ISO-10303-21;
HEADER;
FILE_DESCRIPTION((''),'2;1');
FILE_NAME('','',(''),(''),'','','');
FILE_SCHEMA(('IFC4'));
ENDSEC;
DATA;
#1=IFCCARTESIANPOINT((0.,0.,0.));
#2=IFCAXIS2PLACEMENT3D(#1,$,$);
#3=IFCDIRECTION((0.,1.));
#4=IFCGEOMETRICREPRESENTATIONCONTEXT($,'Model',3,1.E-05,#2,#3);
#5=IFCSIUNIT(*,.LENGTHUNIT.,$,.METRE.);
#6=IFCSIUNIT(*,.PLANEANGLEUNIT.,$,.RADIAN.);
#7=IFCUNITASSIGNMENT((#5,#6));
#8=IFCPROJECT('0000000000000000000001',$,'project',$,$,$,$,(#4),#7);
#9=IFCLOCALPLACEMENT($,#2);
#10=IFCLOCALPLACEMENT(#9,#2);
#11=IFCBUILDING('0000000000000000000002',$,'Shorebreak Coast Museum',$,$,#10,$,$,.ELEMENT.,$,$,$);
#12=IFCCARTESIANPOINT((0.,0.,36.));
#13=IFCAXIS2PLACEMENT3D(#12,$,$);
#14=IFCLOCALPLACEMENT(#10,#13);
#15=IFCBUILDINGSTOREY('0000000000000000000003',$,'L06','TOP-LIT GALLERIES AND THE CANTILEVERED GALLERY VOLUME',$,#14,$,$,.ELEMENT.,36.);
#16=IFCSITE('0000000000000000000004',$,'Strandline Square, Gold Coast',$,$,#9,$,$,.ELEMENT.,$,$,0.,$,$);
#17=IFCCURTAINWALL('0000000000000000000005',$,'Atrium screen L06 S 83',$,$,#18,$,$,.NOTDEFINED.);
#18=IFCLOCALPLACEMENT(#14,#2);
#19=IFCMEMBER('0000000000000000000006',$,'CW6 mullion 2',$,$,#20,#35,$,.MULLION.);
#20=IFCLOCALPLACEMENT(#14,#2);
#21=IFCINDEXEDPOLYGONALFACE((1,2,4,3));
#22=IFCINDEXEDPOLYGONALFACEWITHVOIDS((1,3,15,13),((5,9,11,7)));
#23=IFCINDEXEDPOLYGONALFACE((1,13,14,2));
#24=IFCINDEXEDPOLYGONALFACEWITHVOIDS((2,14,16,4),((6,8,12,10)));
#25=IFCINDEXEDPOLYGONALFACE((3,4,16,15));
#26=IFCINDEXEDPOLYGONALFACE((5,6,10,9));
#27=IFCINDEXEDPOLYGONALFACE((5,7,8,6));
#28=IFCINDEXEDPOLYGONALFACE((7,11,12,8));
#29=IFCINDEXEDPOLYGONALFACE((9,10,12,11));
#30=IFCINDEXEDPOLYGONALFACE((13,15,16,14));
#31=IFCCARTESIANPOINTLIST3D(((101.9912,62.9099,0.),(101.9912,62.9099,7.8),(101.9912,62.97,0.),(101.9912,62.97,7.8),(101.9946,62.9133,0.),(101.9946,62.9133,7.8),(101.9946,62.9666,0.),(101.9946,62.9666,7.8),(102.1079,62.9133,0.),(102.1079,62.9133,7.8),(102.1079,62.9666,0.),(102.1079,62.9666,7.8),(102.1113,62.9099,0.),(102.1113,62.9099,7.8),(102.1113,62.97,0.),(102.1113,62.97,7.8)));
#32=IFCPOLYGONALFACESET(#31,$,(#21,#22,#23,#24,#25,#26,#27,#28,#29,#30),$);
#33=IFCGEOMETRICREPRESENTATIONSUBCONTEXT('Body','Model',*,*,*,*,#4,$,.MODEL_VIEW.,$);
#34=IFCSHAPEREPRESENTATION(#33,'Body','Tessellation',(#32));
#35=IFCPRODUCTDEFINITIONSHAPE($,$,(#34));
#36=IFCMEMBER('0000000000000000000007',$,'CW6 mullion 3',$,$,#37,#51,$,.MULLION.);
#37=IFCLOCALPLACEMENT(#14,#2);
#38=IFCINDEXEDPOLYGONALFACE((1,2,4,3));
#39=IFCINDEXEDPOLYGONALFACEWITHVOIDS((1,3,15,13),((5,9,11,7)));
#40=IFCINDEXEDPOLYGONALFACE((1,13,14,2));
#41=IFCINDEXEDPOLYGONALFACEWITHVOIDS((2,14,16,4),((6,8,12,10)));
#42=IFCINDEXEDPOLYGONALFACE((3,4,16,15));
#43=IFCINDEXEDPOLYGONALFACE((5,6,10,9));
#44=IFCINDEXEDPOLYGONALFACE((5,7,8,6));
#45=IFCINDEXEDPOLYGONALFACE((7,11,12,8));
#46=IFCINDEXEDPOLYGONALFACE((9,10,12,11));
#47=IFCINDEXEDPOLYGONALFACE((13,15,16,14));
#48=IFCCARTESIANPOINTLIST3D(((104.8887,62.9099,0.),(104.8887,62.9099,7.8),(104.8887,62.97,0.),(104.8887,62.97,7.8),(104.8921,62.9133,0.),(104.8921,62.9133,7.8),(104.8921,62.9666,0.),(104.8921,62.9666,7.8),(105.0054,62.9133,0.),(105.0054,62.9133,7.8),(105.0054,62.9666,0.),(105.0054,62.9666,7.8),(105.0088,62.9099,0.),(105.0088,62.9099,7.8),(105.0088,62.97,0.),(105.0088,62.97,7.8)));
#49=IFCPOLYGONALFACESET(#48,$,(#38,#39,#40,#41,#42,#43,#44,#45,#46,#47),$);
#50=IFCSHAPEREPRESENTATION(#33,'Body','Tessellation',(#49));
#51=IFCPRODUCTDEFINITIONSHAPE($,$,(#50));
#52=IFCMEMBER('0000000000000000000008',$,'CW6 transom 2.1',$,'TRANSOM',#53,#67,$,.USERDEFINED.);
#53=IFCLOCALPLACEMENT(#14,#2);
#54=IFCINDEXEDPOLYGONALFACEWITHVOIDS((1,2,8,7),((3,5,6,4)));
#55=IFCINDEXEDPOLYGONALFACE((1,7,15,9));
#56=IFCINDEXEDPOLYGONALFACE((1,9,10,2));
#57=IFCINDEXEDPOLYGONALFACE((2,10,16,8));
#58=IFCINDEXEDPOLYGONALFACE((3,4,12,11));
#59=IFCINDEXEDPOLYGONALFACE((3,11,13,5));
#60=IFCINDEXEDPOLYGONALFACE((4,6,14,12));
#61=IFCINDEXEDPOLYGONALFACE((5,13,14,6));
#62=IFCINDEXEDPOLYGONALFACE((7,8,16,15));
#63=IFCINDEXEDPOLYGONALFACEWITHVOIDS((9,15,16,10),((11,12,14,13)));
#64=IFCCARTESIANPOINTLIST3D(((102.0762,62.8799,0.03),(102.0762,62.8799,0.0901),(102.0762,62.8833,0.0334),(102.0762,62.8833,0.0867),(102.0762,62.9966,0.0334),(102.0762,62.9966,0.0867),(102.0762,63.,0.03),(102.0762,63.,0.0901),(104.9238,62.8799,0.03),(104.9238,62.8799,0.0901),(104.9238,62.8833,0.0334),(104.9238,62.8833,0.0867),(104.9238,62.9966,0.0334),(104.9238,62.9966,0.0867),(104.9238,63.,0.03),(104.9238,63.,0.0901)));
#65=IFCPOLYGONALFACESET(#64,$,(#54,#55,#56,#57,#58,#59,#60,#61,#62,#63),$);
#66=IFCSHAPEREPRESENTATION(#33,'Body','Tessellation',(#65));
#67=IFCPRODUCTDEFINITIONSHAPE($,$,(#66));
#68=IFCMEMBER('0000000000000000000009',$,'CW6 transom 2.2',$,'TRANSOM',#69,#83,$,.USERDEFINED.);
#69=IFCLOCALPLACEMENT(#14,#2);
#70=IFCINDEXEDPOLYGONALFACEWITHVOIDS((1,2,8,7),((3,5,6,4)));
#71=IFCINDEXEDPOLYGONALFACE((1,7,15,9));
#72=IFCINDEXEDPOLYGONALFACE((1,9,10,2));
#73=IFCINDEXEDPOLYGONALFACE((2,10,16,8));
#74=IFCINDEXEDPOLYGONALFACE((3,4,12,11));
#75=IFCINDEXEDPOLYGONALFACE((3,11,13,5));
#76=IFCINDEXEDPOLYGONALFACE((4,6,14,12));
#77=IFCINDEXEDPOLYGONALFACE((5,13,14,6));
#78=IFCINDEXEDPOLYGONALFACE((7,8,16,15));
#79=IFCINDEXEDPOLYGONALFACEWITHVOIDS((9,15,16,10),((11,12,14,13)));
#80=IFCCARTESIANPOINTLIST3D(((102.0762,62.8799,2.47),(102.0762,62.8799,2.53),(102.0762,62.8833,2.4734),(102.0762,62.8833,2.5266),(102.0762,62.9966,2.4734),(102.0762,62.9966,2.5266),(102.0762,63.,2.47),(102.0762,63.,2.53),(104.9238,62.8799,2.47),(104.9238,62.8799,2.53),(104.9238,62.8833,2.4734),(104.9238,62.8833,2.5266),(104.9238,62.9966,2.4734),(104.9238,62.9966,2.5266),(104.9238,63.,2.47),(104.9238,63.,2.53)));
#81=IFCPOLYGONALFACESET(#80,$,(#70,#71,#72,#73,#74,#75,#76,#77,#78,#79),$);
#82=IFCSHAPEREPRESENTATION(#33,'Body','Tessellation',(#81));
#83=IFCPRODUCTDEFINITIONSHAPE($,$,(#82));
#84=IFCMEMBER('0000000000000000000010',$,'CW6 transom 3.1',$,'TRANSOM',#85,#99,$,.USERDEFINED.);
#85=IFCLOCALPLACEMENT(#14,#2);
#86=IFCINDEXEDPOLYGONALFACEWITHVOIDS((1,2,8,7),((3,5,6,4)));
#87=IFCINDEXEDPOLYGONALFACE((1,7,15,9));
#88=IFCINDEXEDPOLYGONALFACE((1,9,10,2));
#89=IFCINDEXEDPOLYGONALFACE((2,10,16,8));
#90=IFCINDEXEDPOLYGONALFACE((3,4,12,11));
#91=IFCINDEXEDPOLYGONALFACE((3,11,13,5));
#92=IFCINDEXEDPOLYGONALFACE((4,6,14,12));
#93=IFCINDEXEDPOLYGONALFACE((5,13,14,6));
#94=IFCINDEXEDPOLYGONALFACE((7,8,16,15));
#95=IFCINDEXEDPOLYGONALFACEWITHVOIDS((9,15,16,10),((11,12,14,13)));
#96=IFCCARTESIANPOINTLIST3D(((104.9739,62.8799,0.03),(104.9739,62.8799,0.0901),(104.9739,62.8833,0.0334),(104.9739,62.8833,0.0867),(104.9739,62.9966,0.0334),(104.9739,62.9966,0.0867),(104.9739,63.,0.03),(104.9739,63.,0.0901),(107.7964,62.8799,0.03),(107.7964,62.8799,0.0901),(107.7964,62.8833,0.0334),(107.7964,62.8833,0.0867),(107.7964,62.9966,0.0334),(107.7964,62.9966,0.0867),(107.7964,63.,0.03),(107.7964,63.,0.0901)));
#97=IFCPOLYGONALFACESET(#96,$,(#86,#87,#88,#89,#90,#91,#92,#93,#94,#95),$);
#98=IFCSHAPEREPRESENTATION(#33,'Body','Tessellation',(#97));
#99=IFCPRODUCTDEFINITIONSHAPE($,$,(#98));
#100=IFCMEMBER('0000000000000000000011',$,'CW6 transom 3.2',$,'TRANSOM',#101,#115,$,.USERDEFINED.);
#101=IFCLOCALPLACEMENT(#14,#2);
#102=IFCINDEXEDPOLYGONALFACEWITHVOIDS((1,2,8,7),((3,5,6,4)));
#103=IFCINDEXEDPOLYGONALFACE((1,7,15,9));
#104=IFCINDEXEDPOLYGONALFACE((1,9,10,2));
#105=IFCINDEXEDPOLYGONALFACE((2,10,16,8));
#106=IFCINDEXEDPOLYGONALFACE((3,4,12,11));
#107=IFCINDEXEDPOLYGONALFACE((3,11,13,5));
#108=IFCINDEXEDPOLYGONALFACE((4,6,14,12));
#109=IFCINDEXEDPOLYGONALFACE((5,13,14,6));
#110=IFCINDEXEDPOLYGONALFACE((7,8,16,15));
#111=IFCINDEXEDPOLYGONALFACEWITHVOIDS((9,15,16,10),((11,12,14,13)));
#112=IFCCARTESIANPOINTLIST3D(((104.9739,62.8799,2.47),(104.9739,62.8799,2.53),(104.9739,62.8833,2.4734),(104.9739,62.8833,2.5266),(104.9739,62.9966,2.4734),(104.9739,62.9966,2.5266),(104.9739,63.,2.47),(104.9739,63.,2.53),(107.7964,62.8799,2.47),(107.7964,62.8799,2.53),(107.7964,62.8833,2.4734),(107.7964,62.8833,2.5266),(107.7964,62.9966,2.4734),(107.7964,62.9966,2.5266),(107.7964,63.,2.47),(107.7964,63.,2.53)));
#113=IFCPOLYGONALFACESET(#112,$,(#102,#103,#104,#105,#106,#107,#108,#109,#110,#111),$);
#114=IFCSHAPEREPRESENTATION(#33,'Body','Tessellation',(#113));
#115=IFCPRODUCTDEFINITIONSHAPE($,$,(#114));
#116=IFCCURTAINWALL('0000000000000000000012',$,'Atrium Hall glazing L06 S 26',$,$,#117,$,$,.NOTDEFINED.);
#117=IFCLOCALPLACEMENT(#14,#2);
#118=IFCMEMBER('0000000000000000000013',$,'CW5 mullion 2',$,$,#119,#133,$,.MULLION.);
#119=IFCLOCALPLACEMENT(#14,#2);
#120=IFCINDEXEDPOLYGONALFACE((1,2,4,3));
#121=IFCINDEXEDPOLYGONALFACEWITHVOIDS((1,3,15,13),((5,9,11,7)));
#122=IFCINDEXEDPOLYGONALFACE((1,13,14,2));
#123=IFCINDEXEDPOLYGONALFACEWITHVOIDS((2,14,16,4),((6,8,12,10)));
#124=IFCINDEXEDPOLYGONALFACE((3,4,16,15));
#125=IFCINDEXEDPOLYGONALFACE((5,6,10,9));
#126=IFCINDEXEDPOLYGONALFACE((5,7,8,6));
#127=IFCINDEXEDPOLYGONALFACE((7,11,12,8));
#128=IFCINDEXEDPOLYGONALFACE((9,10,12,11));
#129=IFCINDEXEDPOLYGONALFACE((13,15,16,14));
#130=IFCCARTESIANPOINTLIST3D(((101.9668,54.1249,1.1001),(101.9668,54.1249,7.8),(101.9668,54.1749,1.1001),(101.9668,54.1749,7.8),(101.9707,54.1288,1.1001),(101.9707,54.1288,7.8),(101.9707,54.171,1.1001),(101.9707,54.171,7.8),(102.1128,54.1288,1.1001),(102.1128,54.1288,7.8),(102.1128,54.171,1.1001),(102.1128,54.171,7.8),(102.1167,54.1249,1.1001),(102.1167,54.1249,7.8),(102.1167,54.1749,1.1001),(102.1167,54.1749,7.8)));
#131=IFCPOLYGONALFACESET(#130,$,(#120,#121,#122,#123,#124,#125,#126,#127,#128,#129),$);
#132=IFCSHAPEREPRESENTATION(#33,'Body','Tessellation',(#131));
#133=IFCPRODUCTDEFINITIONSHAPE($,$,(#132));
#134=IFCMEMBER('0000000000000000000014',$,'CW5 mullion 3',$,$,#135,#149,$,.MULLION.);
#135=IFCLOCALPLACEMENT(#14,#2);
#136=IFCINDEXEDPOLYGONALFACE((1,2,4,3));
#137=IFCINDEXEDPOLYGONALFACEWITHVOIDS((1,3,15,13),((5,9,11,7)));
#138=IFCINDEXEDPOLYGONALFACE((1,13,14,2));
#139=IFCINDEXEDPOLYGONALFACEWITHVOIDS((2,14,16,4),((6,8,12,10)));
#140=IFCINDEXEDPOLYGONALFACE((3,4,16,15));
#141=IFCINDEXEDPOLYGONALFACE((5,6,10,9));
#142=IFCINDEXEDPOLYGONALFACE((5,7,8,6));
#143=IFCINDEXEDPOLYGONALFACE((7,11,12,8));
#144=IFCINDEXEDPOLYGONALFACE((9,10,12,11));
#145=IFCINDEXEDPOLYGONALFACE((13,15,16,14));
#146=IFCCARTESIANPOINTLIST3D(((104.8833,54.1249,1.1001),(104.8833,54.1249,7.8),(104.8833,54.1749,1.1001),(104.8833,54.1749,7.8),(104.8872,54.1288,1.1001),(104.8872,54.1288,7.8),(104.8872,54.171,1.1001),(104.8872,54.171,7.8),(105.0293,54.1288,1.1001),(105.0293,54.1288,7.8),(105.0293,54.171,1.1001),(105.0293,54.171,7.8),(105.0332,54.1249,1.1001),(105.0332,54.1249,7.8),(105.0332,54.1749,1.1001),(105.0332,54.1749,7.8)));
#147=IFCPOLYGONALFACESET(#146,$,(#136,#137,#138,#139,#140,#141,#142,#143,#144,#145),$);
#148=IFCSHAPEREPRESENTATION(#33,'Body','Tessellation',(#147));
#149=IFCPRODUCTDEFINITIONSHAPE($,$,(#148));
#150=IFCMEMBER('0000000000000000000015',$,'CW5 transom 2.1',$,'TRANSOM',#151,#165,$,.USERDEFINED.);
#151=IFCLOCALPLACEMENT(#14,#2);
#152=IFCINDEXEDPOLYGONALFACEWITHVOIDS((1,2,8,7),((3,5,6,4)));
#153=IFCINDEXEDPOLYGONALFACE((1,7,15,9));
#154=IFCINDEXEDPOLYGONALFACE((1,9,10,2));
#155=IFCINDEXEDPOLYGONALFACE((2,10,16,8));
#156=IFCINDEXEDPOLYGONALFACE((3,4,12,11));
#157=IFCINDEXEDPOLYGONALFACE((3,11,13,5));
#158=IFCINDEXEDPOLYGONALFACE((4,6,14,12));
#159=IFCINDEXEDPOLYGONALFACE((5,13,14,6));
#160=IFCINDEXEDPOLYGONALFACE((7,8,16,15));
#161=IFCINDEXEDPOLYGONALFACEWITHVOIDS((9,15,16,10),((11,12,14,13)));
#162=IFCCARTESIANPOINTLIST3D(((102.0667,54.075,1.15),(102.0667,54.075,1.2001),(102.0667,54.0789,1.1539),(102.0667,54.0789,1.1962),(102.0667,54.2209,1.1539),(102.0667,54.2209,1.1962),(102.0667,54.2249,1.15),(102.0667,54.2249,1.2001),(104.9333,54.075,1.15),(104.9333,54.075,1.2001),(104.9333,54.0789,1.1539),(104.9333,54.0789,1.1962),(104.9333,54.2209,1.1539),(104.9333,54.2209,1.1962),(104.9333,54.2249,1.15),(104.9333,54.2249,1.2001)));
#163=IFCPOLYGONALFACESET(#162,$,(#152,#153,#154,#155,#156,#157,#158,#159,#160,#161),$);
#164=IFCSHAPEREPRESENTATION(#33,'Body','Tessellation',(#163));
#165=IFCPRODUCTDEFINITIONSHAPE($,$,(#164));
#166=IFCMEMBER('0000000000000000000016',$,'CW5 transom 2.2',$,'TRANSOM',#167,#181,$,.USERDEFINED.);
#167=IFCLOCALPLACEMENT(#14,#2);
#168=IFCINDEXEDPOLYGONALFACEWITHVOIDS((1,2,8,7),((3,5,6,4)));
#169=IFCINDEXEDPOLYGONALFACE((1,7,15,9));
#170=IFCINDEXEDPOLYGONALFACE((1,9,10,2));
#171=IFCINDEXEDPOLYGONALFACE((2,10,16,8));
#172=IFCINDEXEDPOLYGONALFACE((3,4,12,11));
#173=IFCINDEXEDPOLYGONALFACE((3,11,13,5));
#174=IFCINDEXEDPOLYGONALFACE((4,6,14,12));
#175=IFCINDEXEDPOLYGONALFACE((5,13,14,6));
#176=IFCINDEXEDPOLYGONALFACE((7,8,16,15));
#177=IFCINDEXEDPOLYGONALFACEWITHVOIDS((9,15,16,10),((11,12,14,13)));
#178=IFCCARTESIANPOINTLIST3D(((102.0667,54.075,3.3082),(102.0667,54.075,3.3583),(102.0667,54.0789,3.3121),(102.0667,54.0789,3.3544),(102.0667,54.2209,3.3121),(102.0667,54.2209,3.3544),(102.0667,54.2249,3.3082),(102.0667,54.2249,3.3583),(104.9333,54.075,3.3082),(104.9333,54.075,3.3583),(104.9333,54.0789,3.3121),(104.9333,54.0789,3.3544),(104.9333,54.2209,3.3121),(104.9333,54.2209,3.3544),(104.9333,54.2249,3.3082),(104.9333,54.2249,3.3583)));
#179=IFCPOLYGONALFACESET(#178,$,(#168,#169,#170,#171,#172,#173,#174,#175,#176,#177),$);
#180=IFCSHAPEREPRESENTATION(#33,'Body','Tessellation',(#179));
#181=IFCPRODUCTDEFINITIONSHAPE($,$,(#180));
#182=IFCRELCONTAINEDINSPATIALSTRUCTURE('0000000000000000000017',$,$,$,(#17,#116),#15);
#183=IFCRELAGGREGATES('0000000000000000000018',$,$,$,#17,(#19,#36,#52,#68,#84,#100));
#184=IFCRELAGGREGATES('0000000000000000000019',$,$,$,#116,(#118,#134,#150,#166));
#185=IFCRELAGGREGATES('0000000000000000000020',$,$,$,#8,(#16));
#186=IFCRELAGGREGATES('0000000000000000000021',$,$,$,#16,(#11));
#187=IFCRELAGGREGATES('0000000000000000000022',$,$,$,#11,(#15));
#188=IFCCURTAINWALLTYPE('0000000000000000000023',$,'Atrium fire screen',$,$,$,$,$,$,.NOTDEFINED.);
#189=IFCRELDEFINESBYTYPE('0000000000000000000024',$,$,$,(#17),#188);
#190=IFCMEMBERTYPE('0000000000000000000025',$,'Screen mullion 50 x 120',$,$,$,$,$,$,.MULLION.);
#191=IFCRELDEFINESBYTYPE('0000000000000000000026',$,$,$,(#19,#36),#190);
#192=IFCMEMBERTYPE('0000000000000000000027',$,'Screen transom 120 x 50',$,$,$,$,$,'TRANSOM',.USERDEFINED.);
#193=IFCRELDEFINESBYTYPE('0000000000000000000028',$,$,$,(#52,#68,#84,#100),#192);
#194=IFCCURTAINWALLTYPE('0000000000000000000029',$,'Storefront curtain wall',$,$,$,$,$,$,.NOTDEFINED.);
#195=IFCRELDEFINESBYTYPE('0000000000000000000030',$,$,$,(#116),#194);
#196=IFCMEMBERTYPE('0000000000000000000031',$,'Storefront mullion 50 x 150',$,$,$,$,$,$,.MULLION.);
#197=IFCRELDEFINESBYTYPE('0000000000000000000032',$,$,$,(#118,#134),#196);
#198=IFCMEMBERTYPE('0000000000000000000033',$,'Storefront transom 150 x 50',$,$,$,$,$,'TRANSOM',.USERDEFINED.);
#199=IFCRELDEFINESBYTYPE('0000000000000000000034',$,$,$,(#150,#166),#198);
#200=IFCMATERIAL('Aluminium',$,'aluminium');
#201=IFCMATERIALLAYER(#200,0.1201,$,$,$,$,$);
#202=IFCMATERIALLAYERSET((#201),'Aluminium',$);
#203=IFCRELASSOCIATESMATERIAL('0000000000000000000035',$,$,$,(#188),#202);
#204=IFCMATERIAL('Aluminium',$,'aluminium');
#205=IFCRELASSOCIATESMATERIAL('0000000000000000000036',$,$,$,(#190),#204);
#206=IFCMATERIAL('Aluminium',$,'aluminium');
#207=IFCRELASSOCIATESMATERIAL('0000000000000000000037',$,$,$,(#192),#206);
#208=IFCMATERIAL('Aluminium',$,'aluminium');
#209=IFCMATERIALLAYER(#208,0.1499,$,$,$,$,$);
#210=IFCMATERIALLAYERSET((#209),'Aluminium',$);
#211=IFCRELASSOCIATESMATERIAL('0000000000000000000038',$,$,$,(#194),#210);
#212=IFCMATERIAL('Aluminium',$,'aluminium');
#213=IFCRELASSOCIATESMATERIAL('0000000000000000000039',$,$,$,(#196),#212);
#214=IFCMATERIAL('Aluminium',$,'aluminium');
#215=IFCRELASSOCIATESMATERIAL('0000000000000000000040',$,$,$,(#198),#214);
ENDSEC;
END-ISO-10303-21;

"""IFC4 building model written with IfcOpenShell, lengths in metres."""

from ifc_helpers import new_model, si_unit, direction, frame, origin, origin_2d, place, context, subcontext, project, spatial, hollow_rectangle, extrude, material, layer, layer_set, material_profile, profile_set, type_object, element, aggregate, save


model = new_model("IFC4")

# Units and contexts
model_context = context("Model", 3, precision=1e-05, world=origin(), true_north=direction((0.0, 1.0)))
body_context = subcontext(model_context, "Body", "Model", "MODEL_VIEW")
ifc_project = project(units=[si_unit("LENGTHUNIT", "METRE"), si_unit("PLANEANGLEUNIT", "RADIAN")], contexts=[model_context])

# Site, building, storey
site_placement = place(None, origin())
site = spatial("IfcSite", under=ifc_project, at=site_placement, Name="Strandline Square, Gold Coast", CompositionType="ELEMENT", RefElevation=0.0)
building_placement = place(site_placement, origin())
building = spatial("IfcBuilding", under=site, at=building_placement, Name="Shorebreak Coast Museum", CompositionType="ELEMENT")
storey_placement = place(building_placement, frame((0.0, 0.0, 36.0)))
storey = spatial("IfcBuildingStorey", under=building, at=storey_placement, Name="L06", Description="TOP-LIT GALLERIES AND THE CANTILEVERED GALLERY VOLUME", CompositionType="ELEMENT", Elevation=36.0)

# Curtain walls, members
ifc_material_1 = material(Name="Aluminium", Category="aluminium")
ifc_layer_1 = layer(ifc_material_1, 0.1201)
ifc_layer_set_1 = layer_set([ifc_layer_1], Name="Aluminium")
curtain_wall_type_1 = type_object("IfcCurtainWallType", Name="Atrium fire screen", PredefinedType="NOTDEFINED", material=ifc_layer_set_1)
curtain_wall_1_placement = place(storey_placement, origin())
curtain_wall_1 = element("IfcCurtainWall", 1, at=curtain_wall_1_placement, inside=storey, type_object=curtain_wall_type_1, Name="Atrium screen L06 S 83", PredefinedType="NOTDEFINED")
ifc_material_2 = material(Name="Aluminium", Category="aluminium")
ifc_material_profile_1 = material_profile(ifc_material_2, hollow_rectangle(XDim=0.0601, YDim=0.1201, WallThickness=0.0034, at=origin_2d()), Name="AL 120x60 RHS")
ifc_profile_set_1 = profile_set([ifc_material_profile_1], Name="Aluminium")
member_type_1 = type_object("IfcMemberType", Name="Screen mullion 50 x 120", PredefinedType="MULLION", material=ifc_profile_set_1)
member_1_placement = place(storey_placement, frame((102.0513, 62.9399, 0.0), z_axis=(0.0, 0.0, 1.0), x_axis=(0.0, 1.0, 0.0)))
member_1 = element("IfcMember", 2, at=member_1_placement, type_object=member_type_1, Name="CW6 mullion 2", PredefinedType="MULLION", context=body_context, shape_type="SweptSolid", body=[
    extrude(hollow_rectangle(XDim=0.0601, YDim=0.1201, WallThickness=0.0034, at=origin_2d()), origin(), (0.0, 0.0, 1.0), 7.8),
])
member_2_placement = place(storey_placement, frame((104.9487, 62.9399, 0.0), z_axis=(0.0, 0.0, 1.0), x_axis=(0.0, 1.0, 0.0)))
member_2 = element("IfcMember", 3, at=member_2_placement, type_object=member_type_1, Name="CW6 mullion 3", PredefinedType="MULLION", context=body_context, shape_type="SweptSolid", body=[
    extrude(hollow_rectangle(XDim=0.0601, YDim=0.1201, WallThickness=0.0034, at=origin_2d()), origin(), (0.0, 0.0, 1.0), 7.8),
])
ifc_material_3 = material(Name="Aluminium", Category="aluminium")
ifc_material_profile_2 = material_profile(ifc_material_3, hollow_rectangle(XDim=0.1201, YDim=0.0601, WallThickness=0.0034, at=origin_2d()), Name="AL 60x120 RHS")
ifc_profile_set_2 = profile_set([ifc_material_profile_2], Name="Aluminium")
member_type_2 = type_object("IfcMemberType", Name="Screen transom 120 x 50", ElementType="TRANSOM", PredefinedType="USERDEFINED", material=ifc_profile_set_2)
member_3_placement = place(storey_placement, frame((102.0762, 62.9399, 0.0601), z_axis=(1.0, 0.0, 0.0), x_axis=(0.0, 1.0, 0.0)))
member_3 = element("IfcMember", 4, at=member_3_placement, type_object=member_type_2, Name="CW6 transom 2.1", ObjectType="TRANSOM", PredefinedType="USERDEFINED", context=body_context, shape_type="SweptSolid", body=[
    extrude(hollow_rectangle(XDim=0.1201, YDim=0.0601, WallThickness=0.0034, at=origin_2d()), origin(), (0.0, 0.0, 1.0), 2.8477),
])
member_4_placement = place(storey_placement, frame((102.0762, 62.9399, 2.5), z_axis=(1.0, 0.0, 0.0), x_axis=(0.0, 1.0, 0.0)))
member_4 = element("IfcMember", 5, at=member_4_placement, type_object=member_type_2, Name="CW6 transom 2.2", ObjectType="TRANSOM", PredefinedType="USERDEFINED", context=body_context, shape_type="SweptSolid", body=[
    extrude(hollow_rectangle(XDim=0.1201, YDim=0.0601, WallThickness=0.0034, at=origin_2d()), origin(), (0.0, 0.0, 1.0), 2.8477),
])
member_5_placement = place(storey_placement, frame((104.9739, 62.9399, 0.0601), z_axis=(1.0, 0.0, 0.0), x_axis=(0.0, 1.0, 0.0)))
member_5 = element("IfcMember", 6, at=member_5_placement, type_object=member_type_2, Name="CW6 transom 3.1", ObjectType="TRANSOM", PredefinedType="USERDEFINED", context=body_context, shape_type="SweptSolid", body=[
    extrude(hollow_rectangle(XDim=0.1201, YDim=0.0601, WallThickness=0.0034, at=origin_2d()), origin(), (0.0, 0.0, 1.0), 2.8225),
])
member_6_placement = place(storey_placement, frame((104.9739, 62.9399, 2.5), z_axis=(1.0, 0.0, 0.0), x_axis=(0.0, 1.0, 0.0)))
member_6 = element("IfcMember", 7, at=member_6_placement, type_object=member_type_2, Name="CW6 transom 3.2", ObjectType="TRANSOM", PredefinedType="USERDEFINED", context=body_context, shape_type="SweptSolid", body=[
    extrude(hollow_rectangle(XDim=0.1201, YDim=0.0601, WallThickness=0.0034, at=origin_2d()), origin(), (0.0, 0.0, 1.0), 2.8225),
])
ifc_material_4 = material(Name="Aluminium", Category="aluminium")
ifc_layer_2 = layer(ifc_material_4, 0.1499)
ifc_layer_set_2 = layer_set([ifc_layer_2], Name="Aluminium")
curtain_wall_type_2 = type_object("IfcCurtainWallType", Name="Storefront curtain wall", PredefinedType="NOTDEFINED", material=ifc_layer_set_2)
curtain_wall_2_placement = place(storey_placement, origin())
curtain_wall_2 = element("IfcCurtainWall", 8, at=curtain_wall_2_placement, inside=storey, type_object=curtain_wall_type_2, Name="Atrium Hall glazing L06 S 26", PredefinedType="NOTDEFINED")
ifc_material_5 = material(Name="Aluminium", Category="aluminium")
ifc_material_profile_3 = material_profile(ifc_material_5, hollow_rectangle(XDim=0.05, YDim=0.1499, WallThickness=0.0039, at=origin_2d()), Name="AL 150x50 RHS")
ifc_profile_set_3 = profile_set([ifc_material_profile_3], Name="Aluminium")
member_type_3 = type_object("IfcMemberType", Name="Storefront mullion 50 x 150", PredefinedType="MULLION", material=ifc_profile_set_3)
member_7_placement = place(storey_placement, frame((102.0417, 54.1499, 1.1001), z_axis=(0.0, 0.0, 1.0), x_axis=(0.0, 1.0, 0.0)))
member_7 = element("IfcMember", 9, at=member_7_placement, type_object=member_type_3, Name="CW5 mullion 2", PredefinedType="MULLION", context=body_context, shape_type="SweptSolid", body=[
    extrude(hollow_rectangle(XDim=0.05, YDim=0.1499, WallThickness=0.0039, at=origin_2d()), origin(), (0.0, 0.0, 1.0), 6.7),
])
member_8_placement = place(storey_placement, frame((104.9583, 54.1499, 1.1001), z_axis=(0.0, 0.0, 1.0), x_axis=(0.0, 1.0, 0.0)))
member_8 = element("IfcMember", 10, at=member_8_placement, type_object=member_type_3, Name="CW5 mullion 3", PredefinedType="MULLION", context=body_context, shape_type="SweptSolid", body=[
    extrude(hollow_rectangle(XDim=0.05, YDim=0.1499, WallThickness=0.0039, at=origin_2d()), origin(), (0.0, 0.0, 1.0), 6.7),
])
ifc_material_6 = material(Name="Aluminium", Category="aluminium")
ifc_material_profile_4 = material_profile(ifc_material_6, hollow_rectangle(XDim=0.1499, YDim=0.05, WallThickness=0.0039, at=origin_2d()), Name="AL 50x150 RHS")
ifc_profile_set_4 = profile_set([ifc_material_profile_4], Name="Aluminium")
member_type_4 = type_object("IfcMemberType", Name="Storefront transom 150 x 50", ElementType="TRANSOM", PredefinedType="USERDEFINED", material=ifc_profile_set_4)
member_9_placement = place(storey_placement, frame((102.0667, 54.1499, 1.175), z_axis=(1.0, 0.0, 0.0), x_axis=(0.0, 1.0, 0.0)))
member_9 = element("IfcMember", 11, at=member_9_placement, type_object=member_type_4, Name="CW5 transom 2.1", ObjectType="TRANSOM", PredefinedType="USERDEFINED", context=body_context, shape_type="SweptSolid", body=[
    extrude(hollow_rectangle(XDim=0.1499, YDim=0.05, WallThickness=0.0039, at=origin_2d()), origin(), (0.0, 0.0, 1.0), 2.8667),
])
member_10_placement = place(storey_placement, frame((102.0667, 54.1499, 3.3333), z_axis=(1.0, 0.0, 0.0), x_axis=(0.0, 1.0, 0.0)))
member_10 = element("IfcMember", 12, at=member_10_placement, type_object=member_type_4, Name="CW5 transom 2.2", ObjectType="TRANSOM", PredefinedType="USERDEFINED", context=body_context, shape_type="SweptSolid", body=[
    extrude(hollow_rectangle(XDim=0.1499, YDim=0.05, WallThickness=0.0039, at=origin_2d()), origin(), (0.0, 0.0, 1.0), 2.8667),
])

aggregate(curtain_wall_1, [member_1, member_2, member_3, member_4, member_5, member_6])
aggregate(curtain_wall_2, [member_7, member_8, member_9, member_10])

save(model, "model.ifc")
